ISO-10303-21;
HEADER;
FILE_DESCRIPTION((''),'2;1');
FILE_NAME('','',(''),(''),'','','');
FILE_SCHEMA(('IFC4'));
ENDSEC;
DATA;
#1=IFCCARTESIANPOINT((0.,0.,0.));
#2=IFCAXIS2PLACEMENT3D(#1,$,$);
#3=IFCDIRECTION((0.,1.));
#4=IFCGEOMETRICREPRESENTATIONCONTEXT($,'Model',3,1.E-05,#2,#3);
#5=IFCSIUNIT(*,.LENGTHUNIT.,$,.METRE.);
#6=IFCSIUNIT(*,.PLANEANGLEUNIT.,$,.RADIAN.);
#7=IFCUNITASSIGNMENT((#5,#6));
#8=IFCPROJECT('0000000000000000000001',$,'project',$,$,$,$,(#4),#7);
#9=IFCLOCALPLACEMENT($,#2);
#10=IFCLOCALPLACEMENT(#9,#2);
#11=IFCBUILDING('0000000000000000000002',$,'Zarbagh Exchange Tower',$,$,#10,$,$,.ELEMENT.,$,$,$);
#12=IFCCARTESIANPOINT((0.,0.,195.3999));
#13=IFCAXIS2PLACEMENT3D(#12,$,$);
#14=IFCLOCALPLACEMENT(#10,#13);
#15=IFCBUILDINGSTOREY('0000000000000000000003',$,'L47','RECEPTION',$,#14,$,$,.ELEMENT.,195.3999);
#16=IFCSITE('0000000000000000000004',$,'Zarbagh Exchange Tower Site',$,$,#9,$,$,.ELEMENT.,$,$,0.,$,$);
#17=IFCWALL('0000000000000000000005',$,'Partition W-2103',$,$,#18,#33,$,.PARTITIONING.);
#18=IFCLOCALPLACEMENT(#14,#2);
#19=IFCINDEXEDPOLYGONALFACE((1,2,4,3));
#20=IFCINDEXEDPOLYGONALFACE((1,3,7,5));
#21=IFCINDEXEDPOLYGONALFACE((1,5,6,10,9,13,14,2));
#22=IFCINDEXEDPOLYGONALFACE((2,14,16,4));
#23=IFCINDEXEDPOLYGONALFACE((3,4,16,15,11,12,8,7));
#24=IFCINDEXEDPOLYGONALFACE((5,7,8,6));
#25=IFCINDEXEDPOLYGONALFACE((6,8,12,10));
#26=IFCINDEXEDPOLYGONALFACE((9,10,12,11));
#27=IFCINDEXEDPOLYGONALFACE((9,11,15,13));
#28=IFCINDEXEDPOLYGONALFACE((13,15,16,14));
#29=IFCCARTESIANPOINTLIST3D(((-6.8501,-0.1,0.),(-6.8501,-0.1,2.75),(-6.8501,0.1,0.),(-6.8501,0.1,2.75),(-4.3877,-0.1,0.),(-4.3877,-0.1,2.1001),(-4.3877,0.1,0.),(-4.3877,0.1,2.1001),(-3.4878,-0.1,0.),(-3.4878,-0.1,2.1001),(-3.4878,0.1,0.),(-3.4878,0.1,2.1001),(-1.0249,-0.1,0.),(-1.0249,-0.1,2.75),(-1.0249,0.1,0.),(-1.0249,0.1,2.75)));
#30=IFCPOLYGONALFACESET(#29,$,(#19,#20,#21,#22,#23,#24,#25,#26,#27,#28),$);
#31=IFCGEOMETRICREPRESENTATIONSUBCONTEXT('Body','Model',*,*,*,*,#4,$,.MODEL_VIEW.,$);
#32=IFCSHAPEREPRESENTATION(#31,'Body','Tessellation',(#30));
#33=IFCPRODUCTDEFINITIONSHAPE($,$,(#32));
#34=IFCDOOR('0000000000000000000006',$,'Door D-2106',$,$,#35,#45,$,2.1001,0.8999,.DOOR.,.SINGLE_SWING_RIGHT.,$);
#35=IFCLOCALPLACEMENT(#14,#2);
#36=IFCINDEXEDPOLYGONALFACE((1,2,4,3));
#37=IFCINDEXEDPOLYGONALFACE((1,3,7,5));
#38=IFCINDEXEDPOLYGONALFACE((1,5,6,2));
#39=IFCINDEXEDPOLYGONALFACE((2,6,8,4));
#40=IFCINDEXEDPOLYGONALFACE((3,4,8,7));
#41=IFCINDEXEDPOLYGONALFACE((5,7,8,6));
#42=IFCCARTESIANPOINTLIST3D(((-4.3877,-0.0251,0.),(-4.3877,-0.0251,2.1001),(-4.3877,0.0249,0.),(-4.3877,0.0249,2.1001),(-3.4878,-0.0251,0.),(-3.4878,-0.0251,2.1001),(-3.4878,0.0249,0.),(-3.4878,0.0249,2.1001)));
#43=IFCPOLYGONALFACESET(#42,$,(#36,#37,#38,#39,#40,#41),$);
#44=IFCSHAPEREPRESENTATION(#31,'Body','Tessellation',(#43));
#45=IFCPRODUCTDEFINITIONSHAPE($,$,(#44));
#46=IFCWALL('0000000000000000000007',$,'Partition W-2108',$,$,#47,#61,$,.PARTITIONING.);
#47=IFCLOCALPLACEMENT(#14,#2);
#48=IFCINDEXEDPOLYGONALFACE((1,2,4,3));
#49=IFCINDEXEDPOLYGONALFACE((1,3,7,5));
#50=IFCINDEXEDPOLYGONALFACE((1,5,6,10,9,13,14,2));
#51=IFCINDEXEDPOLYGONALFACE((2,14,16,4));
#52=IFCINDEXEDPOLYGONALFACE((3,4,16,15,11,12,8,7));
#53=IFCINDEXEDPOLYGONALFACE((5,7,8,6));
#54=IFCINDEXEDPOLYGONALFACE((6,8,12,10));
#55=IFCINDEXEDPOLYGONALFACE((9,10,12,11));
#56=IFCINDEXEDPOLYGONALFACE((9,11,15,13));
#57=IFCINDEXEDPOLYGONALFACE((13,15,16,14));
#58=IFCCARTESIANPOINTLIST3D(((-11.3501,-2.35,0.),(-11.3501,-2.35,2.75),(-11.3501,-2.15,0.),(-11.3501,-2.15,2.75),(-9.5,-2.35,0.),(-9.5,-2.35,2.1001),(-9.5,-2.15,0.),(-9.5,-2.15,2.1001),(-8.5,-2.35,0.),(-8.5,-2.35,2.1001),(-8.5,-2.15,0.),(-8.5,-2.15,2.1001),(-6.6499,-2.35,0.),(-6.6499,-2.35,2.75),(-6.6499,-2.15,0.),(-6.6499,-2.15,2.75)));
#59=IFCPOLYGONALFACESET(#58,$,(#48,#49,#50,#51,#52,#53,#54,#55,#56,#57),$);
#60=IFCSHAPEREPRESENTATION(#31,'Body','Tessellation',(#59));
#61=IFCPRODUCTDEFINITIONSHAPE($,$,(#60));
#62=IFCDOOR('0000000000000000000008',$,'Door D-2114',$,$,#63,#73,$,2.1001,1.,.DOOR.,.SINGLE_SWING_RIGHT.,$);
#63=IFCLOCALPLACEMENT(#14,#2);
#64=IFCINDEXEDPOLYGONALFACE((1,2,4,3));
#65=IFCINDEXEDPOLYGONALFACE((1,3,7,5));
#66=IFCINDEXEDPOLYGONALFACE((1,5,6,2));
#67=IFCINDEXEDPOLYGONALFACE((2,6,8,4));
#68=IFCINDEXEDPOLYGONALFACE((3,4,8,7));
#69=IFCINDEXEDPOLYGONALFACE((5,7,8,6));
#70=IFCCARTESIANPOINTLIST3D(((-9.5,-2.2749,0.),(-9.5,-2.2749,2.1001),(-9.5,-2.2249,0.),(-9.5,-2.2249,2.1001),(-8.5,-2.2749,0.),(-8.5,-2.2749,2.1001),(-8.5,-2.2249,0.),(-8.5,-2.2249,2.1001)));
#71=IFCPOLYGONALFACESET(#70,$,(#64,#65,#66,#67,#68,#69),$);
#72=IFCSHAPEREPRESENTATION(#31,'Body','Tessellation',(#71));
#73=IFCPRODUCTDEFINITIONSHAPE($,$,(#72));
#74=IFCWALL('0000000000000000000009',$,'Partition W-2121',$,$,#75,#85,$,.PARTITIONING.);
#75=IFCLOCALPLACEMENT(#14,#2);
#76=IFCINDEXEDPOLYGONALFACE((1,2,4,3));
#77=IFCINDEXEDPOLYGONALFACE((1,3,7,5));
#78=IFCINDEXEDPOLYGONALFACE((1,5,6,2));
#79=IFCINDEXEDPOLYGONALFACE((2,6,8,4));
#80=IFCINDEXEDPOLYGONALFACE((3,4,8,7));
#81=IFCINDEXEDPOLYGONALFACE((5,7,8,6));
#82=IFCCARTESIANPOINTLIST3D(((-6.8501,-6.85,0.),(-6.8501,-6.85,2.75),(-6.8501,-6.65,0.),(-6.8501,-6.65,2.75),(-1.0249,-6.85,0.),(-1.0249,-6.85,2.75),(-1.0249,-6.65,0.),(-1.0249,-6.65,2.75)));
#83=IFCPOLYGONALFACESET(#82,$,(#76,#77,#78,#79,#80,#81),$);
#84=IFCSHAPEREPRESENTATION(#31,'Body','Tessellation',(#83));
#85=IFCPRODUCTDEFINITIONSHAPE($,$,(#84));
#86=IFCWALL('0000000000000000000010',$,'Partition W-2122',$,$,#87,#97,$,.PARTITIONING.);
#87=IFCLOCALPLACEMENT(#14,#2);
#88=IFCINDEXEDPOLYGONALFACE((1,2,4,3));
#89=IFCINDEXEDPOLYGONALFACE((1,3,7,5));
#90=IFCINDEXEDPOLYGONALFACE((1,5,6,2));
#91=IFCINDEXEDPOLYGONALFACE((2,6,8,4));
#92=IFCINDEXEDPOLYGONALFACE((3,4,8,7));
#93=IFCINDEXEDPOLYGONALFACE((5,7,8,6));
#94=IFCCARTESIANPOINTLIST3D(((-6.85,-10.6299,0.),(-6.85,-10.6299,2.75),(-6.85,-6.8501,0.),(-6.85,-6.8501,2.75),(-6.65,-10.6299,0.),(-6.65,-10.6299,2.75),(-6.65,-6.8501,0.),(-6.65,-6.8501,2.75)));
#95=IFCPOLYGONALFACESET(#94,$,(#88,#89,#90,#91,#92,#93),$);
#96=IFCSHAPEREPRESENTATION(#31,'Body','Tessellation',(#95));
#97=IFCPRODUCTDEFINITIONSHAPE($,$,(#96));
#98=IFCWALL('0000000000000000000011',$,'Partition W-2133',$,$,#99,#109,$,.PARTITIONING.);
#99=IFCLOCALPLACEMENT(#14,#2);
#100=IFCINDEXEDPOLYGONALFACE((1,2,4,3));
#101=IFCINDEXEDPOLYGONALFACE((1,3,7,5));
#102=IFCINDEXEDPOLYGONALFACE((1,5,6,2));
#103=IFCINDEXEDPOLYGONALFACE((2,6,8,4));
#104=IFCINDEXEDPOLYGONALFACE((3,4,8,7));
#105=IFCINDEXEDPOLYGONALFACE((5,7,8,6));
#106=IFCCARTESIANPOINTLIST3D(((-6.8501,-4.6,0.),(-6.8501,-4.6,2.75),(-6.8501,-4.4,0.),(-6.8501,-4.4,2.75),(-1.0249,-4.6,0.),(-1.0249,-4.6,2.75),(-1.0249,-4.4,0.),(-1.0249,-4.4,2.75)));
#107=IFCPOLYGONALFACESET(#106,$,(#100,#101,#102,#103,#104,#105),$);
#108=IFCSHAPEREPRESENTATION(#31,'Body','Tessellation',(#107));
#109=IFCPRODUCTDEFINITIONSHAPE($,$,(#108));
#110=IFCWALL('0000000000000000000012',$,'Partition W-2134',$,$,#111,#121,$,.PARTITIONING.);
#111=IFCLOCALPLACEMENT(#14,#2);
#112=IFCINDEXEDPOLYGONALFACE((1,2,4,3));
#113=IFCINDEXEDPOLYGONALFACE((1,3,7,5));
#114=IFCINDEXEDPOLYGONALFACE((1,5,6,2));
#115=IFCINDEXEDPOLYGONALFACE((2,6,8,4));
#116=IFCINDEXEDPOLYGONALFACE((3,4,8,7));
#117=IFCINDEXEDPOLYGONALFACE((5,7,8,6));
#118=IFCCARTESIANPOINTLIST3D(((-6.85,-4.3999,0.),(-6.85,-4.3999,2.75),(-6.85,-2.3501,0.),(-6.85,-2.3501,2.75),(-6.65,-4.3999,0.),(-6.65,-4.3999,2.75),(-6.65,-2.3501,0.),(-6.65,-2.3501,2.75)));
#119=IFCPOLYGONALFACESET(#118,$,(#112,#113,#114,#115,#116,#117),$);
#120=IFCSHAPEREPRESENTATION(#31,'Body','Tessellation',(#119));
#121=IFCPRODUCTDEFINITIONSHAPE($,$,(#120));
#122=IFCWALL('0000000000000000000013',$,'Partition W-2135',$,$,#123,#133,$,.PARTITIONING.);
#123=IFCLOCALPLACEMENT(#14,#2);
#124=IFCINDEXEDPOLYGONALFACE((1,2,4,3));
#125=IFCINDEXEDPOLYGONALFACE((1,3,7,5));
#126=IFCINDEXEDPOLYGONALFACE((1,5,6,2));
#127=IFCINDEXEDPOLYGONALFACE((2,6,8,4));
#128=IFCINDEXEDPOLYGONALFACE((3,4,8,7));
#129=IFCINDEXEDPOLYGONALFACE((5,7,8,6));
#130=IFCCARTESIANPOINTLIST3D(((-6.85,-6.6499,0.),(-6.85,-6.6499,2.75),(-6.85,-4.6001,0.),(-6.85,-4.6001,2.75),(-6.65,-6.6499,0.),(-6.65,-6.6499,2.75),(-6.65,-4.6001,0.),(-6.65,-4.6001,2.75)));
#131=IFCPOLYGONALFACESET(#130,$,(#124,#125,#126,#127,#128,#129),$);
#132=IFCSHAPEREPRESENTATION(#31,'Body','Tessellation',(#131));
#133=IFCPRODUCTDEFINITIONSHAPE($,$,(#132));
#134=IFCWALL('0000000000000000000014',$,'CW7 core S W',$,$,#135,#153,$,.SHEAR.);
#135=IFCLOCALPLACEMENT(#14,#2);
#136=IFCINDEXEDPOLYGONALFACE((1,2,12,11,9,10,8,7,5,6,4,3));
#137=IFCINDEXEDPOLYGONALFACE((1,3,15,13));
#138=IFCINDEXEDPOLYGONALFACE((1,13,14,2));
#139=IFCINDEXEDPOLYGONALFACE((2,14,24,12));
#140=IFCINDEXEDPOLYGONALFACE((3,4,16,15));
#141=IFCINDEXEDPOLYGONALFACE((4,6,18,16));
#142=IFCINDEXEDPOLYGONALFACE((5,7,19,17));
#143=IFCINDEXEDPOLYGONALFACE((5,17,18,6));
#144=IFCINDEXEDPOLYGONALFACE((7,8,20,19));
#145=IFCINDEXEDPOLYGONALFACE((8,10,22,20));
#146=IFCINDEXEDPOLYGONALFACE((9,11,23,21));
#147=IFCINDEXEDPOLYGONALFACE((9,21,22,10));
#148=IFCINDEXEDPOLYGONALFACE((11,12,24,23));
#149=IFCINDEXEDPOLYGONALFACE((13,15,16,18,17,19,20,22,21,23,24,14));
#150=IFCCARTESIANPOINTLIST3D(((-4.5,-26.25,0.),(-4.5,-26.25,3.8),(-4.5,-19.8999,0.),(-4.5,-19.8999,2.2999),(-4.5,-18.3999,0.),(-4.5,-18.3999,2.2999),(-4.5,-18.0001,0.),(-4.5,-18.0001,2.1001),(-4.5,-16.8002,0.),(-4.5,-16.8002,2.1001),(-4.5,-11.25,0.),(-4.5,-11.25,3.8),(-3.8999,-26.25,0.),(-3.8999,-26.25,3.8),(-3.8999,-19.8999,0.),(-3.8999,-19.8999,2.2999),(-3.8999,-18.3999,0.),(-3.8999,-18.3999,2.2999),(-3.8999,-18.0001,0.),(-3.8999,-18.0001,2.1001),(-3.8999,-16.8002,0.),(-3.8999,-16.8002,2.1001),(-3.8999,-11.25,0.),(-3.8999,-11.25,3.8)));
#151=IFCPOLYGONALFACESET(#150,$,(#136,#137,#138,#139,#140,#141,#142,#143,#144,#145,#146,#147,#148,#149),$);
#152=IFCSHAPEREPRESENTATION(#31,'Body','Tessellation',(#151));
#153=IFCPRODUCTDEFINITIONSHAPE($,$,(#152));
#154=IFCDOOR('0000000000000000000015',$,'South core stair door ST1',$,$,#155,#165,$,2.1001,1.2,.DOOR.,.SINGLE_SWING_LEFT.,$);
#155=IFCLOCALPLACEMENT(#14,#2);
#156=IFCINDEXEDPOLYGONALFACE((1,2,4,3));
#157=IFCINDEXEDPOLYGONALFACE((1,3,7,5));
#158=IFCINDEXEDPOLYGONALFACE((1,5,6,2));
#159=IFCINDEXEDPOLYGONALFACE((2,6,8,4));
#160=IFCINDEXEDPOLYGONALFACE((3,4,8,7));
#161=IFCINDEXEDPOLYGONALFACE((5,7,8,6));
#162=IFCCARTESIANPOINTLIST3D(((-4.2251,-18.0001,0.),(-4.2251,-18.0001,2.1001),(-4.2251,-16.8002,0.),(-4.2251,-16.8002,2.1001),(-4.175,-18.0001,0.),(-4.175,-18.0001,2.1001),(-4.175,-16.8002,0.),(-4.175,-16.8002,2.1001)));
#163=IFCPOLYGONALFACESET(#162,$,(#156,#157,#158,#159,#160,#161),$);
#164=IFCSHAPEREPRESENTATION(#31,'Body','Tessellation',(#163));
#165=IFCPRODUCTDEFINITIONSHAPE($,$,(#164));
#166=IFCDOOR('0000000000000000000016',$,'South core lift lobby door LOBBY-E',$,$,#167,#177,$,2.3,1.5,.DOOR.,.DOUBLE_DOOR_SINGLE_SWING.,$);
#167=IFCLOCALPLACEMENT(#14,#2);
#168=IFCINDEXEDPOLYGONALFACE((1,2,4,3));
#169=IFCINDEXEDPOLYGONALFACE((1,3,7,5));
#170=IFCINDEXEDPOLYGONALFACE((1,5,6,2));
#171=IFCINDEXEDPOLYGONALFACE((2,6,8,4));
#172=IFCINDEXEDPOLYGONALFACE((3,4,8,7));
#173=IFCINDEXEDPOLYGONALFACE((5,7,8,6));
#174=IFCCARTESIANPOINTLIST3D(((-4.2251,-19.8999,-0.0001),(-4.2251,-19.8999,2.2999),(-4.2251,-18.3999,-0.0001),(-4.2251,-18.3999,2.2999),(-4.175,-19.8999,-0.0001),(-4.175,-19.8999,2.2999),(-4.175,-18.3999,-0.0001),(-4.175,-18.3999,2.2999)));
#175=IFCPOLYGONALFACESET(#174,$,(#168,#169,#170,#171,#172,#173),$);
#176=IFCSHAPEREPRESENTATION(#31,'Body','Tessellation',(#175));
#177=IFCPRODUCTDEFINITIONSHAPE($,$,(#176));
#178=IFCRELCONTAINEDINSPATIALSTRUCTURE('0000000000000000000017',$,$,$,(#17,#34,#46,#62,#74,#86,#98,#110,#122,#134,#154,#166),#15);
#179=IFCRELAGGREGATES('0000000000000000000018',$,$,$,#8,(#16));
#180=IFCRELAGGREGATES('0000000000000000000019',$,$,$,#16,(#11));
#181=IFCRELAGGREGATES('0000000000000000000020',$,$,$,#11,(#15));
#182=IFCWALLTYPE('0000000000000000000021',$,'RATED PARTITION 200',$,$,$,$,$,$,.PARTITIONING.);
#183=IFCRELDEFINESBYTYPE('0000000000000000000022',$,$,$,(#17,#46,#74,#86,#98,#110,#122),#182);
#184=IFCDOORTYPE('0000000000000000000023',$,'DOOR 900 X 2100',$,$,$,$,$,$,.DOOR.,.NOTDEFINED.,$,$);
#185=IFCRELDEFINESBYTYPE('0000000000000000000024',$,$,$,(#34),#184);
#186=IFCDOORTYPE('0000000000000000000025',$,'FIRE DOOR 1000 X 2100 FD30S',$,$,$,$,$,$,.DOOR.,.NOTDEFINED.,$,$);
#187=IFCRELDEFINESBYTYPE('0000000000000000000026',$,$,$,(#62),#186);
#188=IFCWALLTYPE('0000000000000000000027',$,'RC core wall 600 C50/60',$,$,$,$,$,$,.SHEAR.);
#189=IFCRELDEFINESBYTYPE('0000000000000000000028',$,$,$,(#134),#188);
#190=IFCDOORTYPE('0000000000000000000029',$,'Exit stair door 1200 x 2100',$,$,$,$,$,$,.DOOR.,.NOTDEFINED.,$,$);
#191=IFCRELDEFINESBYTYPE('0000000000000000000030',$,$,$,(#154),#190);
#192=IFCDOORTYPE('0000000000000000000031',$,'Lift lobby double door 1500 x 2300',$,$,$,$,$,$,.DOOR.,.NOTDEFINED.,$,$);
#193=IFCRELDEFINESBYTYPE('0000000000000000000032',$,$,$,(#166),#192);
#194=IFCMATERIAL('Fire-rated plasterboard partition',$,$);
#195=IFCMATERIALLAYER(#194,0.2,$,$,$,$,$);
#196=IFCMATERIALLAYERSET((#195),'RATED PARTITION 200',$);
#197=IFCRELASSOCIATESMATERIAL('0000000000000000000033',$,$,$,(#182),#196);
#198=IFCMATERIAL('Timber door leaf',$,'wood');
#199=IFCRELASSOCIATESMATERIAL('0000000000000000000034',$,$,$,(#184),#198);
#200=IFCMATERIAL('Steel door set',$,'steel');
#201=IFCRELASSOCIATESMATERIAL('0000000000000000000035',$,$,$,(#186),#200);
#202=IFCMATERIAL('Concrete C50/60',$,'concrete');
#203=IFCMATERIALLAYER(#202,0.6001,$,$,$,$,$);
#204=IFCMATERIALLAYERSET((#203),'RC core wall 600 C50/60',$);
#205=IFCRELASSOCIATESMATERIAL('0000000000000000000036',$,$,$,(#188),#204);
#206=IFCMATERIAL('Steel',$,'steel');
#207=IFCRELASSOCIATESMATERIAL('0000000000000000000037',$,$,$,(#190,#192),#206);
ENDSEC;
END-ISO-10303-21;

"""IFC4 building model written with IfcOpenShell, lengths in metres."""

from ifc_helpers import new_model, si_unit, direction, frame, frame_2d, origin, place, context, subcontext, project, spatial, rectangle, extrude, material, layer, layer_set, type_object, element, fill, save


model = new_model("IFC4")

# Units and contexts
model_context = context("Model", 3, precision=1e-05, world=origin(), true_north=direction((0.0, 1.0)))
body_context = subcontext(model_context, "Body", "Model", "MODEL_VIEW")
ifc_project = project(units=[si_unit("LENGTHUNIT", "METRE"), si_unit("PLANEANGLEUNIT", "RADIAN")], contexts=[model_context])

# Site, building, storey
site_placement = place(None, origin())
site = spatial("IfcSite", under=ifc_project, at=site_placement, Name="Zarbagh Exchange Tower Site", CompositionType="ELEMENT", RefElevation=0.0)
building_placement = place(site_placement, origin())
building = spatial("IfcBuilding", under=site, at=building_placement, Name="Zarbagh Exchange Tower", CompositionType="ELEMENT")
storey_placement = place(building_placement, frame((0.0, 0.0, 195.3999)))
storey = spatial("IfcBuildingStorey", under=building, at=storey_placement, Name="L47", Description="RECEPTION", CompositionType="ELEMENT", Elevation=195.3999)

# Shared definitions
ifc_material_1 = material(Name="Concrete C50/60", Category="concrete")

# Walls, openings, doors
ifc_material_2 = material(Name="Fire-rated plasterboard partition")
ifc_layer_1 = layer(ifc_material_2, 0.2)
ifc_layer_set_1 = layer_set([ifc_layer_1], Name="RATED PARTITION 200")
wall_type_1 = type_object("IfcWallType", Name="RATED PARTITION 200", PredefinedType="PARTITIONING", material=ifc_layer_set_1)
wall_1_placement = place(storey_placement, frame((-6.8501, 0.0, 0.0), z_axis=(0.0, 0.0, 1.0), x_axis=(1.0, 0.0, 0.0)))
wall_1 = element("IfcWall", 1, at=wall_1_placement, inside=storey, type_object=wall_type_1, Name="Partition W-2103", PredefinedType="PARTITIONING", context=body_context, shape_type="SweptSolid", body=[
    extrude(rectangle(XDim=5.8252, YDim=0.2, at=frame_2d((2.9126, 0.0))), origin(), (0.0, 0.0, 1.0), 2.75),
])
opening_1_placement = place(wall_1_placement, frame((2.4624, 0.0, 0.0)))
opening_1 = element("IfcOpeningElement", 2, at=opening_1_placement, cuts=wall_1, PredefinedType="OPENING", context=body_context, shape_type="SweptSolid", body=[
    extrude(rectangle(XDim=0.8999, YDim=2.1001, at=frame_2d((0.45, 1.05))), frame((0.0, 0.1099, 0.0), z_axis=(0.0, -1.0, 0.0), x_axis=(1.0, 0.0, 0.0)), (0.0, 0.0, 1.0), 0.22),
])
ifc_material_3 = material(Name="Timber door leaf", Category="wood")
door_type_1 = type_object("IfcDoorType", Name="DOOR 900 X 2100", OperationType="NOTDEFINED", PredefinedType="DOOR", material=ifc_material_3)
door_1_placement = place(opening_1_placement, origin())
door_1 = element("IfcDoor", 3, at=door_1_placement, inside=storey, type_object=door_type_1, Name="Door D-2106", OperationType="SINGLE_SWING_RIGHT", OverallHeight=2.1001, OverallWidth=0.8999, PredefinedType="DOOR", context=body_context, shape_type="SweptSolid", body=[
    extrude(rectangle(XDim=0.8999, YDim=2.1001, at=frame_2d((0.45, 1.05))), frame((0.0, 0.0249, 0.0), z_axis=(0.0, -1.0, 0.0), x_axis=(1.0, 0.0, 0.0)), (0.0, 0.0, 1.0), 0.05),
])
fill(opening_1, door_1)
wall_2_placement = place(storey_placement, frame((-6.6499, -2.25, 0.0), z_axis=(0.0, 0.0, 1.0), x_axis=(-1.0, 0.0, 0.0)))
wall_2 = element("IfcWall", 4, at=wall_2_placement, inside=storey, type_object=wall_type_1, Name="Partition W-2108", PredefinedType="PARTITIONING", context=body_context, shape_type="SweptSolid", body=[
    extrude(rectangle(XDim=4.7002, YDim=0.2, at=frame_2d((2.3501, 0.0))), origin(), (0.0, 0.0, 1.0), 2.75),
])
opening_2_placement = place(wall_2_placement, frame((1.8501, 0.0, 0.0)))
opening_2 = element("IfcOpeningElement", 5, at=opening_2_placement, cuts=wall_2, PredefinedType="OPENING", context=body_context, shape_type="SweptSolid", body=[
    extrude(rectangle(XDim=1.0, YDim=2.1001, at=frame_2d((0.5, 1.05))), frame((0.0, 0.1099, 0.0), z_axis=(0.0, -1.0, 0.0), x_axis=(1.0, 0.0, 0.0)), (0.0, 0.0, 1.0), 0.22),
])
ifc_material_4 = material(Name="Steel door set", Category="steel")
door_type_2 = type_object("IfcDoorType", Name="FIRE DOOR 1000 X 2100 FD30S", OperationType="NOTDEFINED", PredefinedType="DOOR", material=ifc_material_4)
door_2_placement = place(opening_2_placement, origin())
door_2 = element("IfcDoor", 6, at=door_2_placement, inside=storey, type_object=door_type_2, Name="Door D-2114", OperationType="SINGLE_SWING_RIGHT", OverallHeight=2.1001, OverallWidth=1.0, PredefinedType="DOOR", context=body_context, shape_type="SweptSolid", body=[
    extrude(rectangle(XDim=1.0, YDim=2.1001, at=frame_2d((0.5, 1.05))), frame((0.0, 0.0249, 0.0), z_axis=(0.0, -1.0, 0.0), x_axis=(1.0, 0.0, 0.0)), (0.0, 0.0, 1.0), 0.05),
])
fill(opening_2, door_2)

# Walls
wall_3_placement = place(storey_placement, frame((-6.8501, -6.75, 0.0), z_axis=(0.0, 0.0, 1.0), x_axis=(1.0, 0.0, 0.0)))
element("IfcWall", 7, at=wall_3_placement, inside=storey, type_object=wall_type_1, Name="Partition W-2121", PredefinedType="PARTITIONING", context=body_context, shape_type="SweptSolid", body=[
    extrude(rectangle(XDim=5.8252, YDim=0.2, at=frame_2d((2.9126, 0.0))), origin(), (0.0, 0.0, 1.0), 2.75),
])
wall_4_placement = place(storey_placement, frame((-6.75, -10.6299, 0.0), z_axis=(0.0, 0.0, 1.0), x_axis=(0.0, 1.0, 0.0)))
element("IfcWall", 8, at=wall_4_placement, inside=storey, type_object=wall_type_1, Name="Partition W-2122", PredefinedType="PARTITIONING", context=body_context, shape_type="SweptSolid", body=[
    extrude(rectangle(XDim=3.7798, YDim=0.2, at=frame_2d((1.8899, 0.0))), origin(), (0.0, 0.0, 1.0), 2.75),
])
wall_5_placement = place(storey_placement, frame((-6.8501, -4.5, 0.0), z_axis=(0.0, 0.0, 1.0), x_axis=(1.0, 0.0, 0.0)))
element("IfcWall", 9, at=wall_5_placement, inside=storey, type_object=wall_type_1, Name="Partition W-2133", PredefinedType="PARTITIONING", context=body_context, shape_type="SweptSolid", body=[
    extrude(rectangle(XDim=5.8252, YDim=0.2, at=frame_2d((2.9126, 0.0))), origin(), (0.0, 0.0, 1.0), 2.75),
])
for number, where, z_axis, x_axis, name in (
    (10, (-6.75, -4.3999, 0.0), (0.0, 0.0, 1.0), (0.0, 1.0, 0.0), "Partition W-2134"),
    (11, (-6.75, -6.6499, 0.0), (0.0, 0.0, 1.0), (0.0, 1.0, 0.0), "Partition W-2135"),
):
    element("IfcWall", number, at=place(storey_placement, frame(where, z_axis=z_axis, x_axis=x_axis)), inside=storey, type_object=wall_type_1, Name=name, PredefinedType="PARTITIONING", context=body_context, shape_type="SweptSolid", body=[
        extrude(rectangle(XDim=2.0498, YDim=0.2, at=frame_2d((1.0249, 0.0))), origin(), (0.0, 0.0, 1.0), 2.75),
    ])

# Wall, openings, doors
ifc_layer_2 = layer(ifc_material_1, 0.6001)
ifc_layer_set_2 = layer_set([ifc_layer_2], Name="RC core wall 600 C50/60")
wall_type_2 = type_object("IfcWallType", Name="RC core wall 600 C50/60", PredefinedType="SHEAR", material=ifc_layer_set_2)
wall_6_placement = place(storey_placement, frame((-4.2, -11.25, 0.0), z_axis=(0.0, 0.0, 1.0), x_axis=(0.0, -1.0, 0.0)))
wall_6 = element("IfcWall", 12, at=wall_6_placement, inside=storey, type_object=wall_type_2, Name="CW7 core S W", PredefinedType="SHEAR", context=body_context, shape_type="SweptSolid", body=[
    extrude(rectangle(XDim=15.0, YDim=0.6001, at=frame_2d((7.5, 0.0))), origin(), (0.0, 0.0, 1.0), 3.8),
])
opening_3_placement = place(wall_6_placement, frame((7.1499, 0.0, 0.0)))
opening_3 = element("IfcOpeningElement", 13, at=opening_3_placement, cuts=wall_6, PredefinedType="OPENING", context=body_context, shape_type="SweptSolid", body=[
    extrude(rectangle(XDim=1.5, YDim=2.3, at=frame_2d((0.75, 1.1499))), frame((0.0, 0.3101, 0.0), z_axis=(0.0, -1.0, 0.0), x_axis=(1.0, 0.0, 0.0)), (0.0, 0.0, 1.0), 0.6201),
])
opening_4_placement = place(wall_6_placement, frame((5.55, 0.0, 0.0)))
opening_4 = element("IfcOpeningElement", 14, at=opening_4_placement, cuts=wall_6, PredefinedType="OPENING", context=body_context, shape_type="SweptSolid", body=[
    extrude(rectangle(XDim=1.2, YDim=2.1001, at=frame_2d((0.6001, 1.05))), frame((0.0, 0.3101, 0.0), z_axis=(0.0, -1.0, 0.0), x_axis=(1.0, 0.0, 0.0)), (0.0, 0.0, 1.0), 0.6201),
])
ifc_material_5 = material(Name="Steel", Category="steel")
door_type_3 = type_object("IfcDoorType", Name="Exit stair door 1200 x 2100", OperationType="NOTDEFINED", PredefinedType="DOOR", material=ifc_material_5)
door_3_placement = place(opening_4_placement, origin())
door_3 = element("IfcDoor", 15, at=door_3_placement, inside=storey, type_object=door_type_3, Name="South core stair door ST1", OperationType="SINGLE_SWING_LEFT", OverallHeight=2.1001, OverallWidth=1.2, PredefinedType="DOOR", context=body_context, shape_type="SweptSolid", body=[
    extrude(rectangle(XDim=1.2, YDim=2.1001, at=frame_2d((0.6001, 1.05))), frame((0.0, 0.0249, 0.0), z_axis=(0.0, -1.0, 0.0), x_axis=(1.0, 0.0, 0.0)), (0.0, 0.0, 1.0), 0.05),
])
fill(opening_4, door_3)
door_type_4 = type_object("IfcDoorType", Name="Lift lobby double door 1500 x 2300", OperationType="NOTDEFINED", PredefinedType="DOOR", material=ifc_material_5)
door_4_placement = place(opening_3_placement, origin())
door_4 = element("IfcDoor", 16, at=door_4_placement, inside=storey, type_object=door_type_4, Name="South core lift lobby door LOBBY-E", OperationType="DOUBLE_DOOR_SINGLE_SWING", OverallHeight=2.3, OverallWidth=1.5, PredefinedType="DOOR", context=body_context, shape_type="SweptSolid", body=[
    extrude(rectangle(XDim=1.5, YDim=2.3, at=frame_2d((0.75, 1.1499))), frame((0.0, 0.0249, 0.0), z_axis=(0.0, -1.0, 0.0), x_axis=(1.0, 0.0, 0.0)), (0.0, 0.0, 1.0), 0.05),
])
fill(opening_3, door_4)

save(model, "model.ifc")
